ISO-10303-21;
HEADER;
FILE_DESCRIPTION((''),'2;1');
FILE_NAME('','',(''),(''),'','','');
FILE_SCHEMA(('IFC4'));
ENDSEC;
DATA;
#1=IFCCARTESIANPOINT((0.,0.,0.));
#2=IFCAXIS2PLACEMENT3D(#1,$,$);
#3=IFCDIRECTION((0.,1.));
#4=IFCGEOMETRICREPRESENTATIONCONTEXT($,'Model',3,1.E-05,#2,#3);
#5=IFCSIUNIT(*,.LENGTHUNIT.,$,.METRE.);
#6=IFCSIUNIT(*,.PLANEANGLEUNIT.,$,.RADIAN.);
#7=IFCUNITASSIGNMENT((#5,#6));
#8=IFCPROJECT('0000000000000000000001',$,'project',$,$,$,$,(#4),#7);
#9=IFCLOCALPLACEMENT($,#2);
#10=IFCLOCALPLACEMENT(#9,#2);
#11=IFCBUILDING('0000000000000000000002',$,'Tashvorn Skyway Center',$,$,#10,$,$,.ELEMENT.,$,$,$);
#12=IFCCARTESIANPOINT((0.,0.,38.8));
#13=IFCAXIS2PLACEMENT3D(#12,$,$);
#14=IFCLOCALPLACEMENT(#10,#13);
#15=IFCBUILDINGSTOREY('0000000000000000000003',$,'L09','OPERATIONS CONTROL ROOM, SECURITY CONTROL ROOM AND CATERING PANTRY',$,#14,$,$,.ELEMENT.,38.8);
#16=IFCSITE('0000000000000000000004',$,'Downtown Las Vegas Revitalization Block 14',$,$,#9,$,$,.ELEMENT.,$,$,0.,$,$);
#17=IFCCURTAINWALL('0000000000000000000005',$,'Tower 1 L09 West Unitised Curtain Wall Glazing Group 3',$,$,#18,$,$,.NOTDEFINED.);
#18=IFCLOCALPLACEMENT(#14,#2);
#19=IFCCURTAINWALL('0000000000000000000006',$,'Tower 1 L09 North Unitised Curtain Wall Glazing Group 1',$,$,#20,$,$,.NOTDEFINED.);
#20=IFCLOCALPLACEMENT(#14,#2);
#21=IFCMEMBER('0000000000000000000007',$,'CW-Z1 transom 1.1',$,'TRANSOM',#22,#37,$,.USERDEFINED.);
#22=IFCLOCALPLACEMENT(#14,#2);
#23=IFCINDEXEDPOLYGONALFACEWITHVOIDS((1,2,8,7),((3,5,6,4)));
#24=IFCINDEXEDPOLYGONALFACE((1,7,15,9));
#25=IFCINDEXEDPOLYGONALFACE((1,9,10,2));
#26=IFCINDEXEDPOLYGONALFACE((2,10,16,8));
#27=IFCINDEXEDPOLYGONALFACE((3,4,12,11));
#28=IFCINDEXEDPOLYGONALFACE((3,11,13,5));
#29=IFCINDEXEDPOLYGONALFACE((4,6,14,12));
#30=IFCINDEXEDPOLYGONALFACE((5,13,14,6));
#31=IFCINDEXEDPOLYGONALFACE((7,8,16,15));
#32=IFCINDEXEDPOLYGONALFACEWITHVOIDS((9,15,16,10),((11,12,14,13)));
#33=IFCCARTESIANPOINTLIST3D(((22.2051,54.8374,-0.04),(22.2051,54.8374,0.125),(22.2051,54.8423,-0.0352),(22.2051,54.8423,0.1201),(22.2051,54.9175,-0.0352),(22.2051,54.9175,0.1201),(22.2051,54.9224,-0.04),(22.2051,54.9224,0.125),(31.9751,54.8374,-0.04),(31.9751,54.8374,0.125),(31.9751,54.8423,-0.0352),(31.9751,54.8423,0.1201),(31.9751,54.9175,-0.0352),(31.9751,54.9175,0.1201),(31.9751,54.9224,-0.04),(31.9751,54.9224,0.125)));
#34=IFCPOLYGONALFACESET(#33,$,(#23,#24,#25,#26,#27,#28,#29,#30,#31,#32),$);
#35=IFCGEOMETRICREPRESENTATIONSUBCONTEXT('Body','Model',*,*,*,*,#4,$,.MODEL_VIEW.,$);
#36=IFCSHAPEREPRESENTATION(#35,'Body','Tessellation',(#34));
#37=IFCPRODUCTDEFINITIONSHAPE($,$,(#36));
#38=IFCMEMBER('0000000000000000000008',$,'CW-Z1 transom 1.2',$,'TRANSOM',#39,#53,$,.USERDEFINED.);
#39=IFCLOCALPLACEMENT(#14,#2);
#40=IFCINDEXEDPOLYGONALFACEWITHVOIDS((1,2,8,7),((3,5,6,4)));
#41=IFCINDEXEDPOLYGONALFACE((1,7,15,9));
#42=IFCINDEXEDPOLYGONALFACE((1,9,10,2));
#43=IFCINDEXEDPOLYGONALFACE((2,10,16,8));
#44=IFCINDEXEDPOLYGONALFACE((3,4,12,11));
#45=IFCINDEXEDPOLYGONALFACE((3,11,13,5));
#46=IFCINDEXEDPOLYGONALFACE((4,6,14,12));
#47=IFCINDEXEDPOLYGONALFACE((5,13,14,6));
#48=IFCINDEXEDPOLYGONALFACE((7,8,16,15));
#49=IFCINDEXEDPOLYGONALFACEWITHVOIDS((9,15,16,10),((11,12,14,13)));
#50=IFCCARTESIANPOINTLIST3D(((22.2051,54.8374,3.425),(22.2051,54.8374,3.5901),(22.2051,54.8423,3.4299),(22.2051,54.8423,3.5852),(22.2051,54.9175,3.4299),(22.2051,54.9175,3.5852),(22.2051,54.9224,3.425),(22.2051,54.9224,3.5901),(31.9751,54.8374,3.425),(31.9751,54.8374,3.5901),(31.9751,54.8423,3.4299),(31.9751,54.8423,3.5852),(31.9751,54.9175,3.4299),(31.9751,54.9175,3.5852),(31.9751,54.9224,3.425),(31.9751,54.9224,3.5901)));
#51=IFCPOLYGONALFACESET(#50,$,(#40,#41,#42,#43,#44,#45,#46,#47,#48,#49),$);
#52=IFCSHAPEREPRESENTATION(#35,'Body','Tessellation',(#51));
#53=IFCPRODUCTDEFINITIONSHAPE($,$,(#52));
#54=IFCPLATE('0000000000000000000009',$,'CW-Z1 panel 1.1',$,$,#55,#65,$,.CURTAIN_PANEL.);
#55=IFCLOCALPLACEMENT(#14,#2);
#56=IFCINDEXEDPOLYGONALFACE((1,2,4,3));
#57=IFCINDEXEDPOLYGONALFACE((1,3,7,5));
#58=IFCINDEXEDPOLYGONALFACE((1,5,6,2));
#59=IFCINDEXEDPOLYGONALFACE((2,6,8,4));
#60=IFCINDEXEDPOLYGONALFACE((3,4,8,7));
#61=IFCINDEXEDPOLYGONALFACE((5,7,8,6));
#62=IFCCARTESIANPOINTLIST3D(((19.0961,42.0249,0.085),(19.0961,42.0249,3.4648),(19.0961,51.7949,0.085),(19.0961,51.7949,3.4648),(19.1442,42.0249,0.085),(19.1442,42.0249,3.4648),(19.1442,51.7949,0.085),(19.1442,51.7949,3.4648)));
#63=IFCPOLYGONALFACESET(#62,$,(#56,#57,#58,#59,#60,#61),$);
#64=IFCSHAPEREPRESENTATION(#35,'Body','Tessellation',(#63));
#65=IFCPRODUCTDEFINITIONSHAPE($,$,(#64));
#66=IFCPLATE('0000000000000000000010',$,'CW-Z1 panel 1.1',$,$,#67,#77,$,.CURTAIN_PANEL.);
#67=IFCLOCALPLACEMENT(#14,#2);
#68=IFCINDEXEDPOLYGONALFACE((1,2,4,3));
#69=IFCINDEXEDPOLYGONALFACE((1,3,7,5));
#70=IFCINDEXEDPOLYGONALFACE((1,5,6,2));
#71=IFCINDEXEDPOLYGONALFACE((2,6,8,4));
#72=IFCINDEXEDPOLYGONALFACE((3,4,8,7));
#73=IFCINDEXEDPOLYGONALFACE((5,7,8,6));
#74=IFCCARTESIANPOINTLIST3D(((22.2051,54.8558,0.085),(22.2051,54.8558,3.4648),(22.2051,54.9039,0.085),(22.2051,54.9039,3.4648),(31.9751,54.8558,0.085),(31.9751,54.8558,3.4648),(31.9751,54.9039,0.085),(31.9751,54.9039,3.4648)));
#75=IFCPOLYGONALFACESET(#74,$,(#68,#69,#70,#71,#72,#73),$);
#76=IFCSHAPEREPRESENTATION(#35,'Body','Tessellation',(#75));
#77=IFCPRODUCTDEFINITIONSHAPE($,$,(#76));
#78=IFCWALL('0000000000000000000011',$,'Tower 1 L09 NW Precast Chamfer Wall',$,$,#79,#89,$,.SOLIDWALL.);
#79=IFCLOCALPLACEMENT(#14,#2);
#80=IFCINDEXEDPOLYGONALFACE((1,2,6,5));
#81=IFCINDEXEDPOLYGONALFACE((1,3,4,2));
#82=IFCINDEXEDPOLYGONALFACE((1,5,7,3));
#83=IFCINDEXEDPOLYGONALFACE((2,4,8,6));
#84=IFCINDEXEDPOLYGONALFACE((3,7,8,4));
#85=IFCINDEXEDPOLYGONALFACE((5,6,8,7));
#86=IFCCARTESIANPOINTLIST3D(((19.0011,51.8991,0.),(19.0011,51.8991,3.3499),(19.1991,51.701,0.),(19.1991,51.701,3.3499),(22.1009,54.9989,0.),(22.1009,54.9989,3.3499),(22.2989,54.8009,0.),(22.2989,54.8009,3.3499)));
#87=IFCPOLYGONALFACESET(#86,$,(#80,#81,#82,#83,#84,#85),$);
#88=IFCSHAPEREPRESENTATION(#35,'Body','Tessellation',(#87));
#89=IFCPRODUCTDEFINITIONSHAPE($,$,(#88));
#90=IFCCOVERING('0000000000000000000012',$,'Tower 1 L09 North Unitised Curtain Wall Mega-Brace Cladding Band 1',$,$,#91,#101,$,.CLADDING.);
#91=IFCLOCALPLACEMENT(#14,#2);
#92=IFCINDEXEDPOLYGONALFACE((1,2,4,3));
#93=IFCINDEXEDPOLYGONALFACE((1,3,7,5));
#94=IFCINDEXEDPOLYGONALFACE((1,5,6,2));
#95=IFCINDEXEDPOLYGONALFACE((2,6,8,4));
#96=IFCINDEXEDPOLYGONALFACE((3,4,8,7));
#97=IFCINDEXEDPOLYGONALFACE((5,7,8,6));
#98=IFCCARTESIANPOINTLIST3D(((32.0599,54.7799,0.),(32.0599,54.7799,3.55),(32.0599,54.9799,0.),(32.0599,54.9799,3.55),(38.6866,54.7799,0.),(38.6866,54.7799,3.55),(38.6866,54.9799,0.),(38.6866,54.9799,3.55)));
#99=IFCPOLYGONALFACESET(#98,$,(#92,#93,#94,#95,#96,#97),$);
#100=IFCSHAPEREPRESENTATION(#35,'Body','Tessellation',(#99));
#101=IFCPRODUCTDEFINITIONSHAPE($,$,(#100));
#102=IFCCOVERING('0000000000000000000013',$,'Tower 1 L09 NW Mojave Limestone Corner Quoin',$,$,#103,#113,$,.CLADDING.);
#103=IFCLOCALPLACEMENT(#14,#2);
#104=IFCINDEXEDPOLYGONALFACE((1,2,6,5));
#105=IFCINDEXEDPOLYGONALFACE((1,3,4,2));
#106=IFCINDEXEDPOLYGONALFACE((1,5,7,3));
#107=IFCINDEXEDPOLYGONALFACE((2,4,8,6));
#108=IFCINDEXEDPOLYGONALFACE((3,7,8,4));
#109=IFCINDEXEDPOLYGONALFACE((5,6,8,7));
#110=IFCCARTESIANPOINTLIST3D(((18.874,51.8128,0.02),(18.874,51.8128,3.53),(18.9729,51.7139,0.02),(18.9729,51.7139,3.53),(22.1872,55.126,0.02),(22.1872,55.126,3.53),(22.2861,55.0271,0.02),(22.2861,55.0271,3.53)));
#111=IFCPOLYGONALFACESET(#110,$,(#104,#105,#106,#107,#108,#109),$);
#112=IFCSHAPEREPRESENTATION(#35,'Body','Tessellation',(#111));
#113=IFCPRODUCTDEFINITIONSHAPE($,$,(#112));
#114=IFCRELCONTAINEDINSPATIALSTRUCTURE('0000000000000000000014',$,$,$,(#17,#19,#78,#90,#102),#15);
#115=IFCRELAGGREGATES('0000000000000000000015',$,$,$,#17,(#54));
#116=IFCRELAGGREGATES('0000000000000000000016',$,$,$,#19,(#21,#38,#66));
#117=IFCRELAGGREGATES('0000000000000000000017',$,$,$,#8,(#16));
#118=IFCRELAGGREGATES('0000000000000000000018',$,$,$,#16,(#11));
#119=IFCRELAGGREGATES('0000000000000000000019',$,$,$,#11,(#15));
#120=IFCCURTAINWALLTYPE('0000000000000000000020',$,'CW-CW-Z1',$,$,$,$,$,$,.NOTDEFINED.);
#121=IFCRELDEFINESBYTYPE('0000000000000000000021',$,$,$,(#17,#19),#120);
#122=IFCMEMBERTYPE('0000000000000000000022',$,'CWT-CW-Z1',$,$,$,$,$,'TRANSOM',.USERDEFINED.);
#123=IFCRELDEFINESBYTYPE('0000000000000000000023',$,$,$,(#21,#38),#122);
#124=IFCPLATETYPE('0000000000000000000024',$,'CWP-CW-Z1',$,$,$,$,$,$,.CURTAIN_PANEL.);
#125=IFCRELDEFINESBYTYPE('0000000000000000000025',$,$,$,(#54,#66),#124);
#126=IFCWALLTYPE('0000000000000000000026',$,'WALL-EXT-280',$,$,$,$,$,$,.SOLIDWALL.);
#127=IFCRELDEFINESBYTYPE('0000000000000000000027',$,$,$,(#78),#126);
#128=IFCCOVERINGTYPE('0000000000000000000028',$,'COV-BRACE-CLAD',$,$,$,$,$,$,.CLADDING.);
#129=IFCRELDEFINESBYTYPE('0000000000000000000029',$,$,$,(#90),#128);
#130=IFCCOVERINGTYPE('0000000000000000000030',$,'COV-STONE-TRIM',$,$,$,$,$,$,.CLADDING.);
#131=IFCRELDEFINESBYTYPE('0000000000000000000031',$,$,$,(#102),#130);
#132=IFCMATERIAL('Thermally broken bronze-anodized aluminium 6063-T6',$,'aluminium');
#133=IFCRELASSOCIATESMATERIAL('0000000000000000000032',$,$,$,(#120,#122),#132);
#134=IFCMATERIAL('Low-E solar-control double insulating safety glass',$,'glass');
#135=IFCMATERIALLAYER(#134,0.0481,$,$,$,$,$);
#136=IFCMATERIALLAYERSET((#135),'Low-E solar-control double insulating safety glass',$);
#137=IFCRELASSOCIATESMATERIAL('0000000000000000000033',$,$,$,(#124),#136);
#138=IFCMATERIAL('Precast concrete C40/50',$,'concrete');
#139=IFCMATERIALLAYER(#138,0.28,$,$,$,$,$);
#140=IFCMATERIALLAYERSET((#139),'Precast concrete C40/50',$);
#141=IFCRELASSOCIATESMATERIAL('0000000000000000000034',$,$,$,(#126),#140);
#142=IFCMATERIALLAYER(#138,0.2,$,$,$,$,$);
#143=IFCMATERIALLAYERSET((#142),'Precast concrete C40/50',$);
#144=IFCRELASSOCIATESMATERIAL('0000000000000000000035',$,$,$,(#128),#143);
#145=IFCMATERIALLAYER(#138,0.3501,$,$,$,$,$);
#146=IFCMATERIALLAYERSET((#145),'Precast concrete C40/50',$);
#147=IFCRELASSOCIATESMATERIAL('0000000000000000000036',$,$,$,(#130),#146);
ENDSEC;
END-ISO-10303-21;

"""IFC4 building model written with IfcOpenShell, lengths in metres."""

from ifc_helpers import new_model, si_unit, direction, frame, frame_2d, origin, origin_2d, place, context, subcontext, project, spatial, rectangle, hollow_rectangle, extrude, material, layer, layer_set, material_profile, profile_set, type_object, element, aggregate, save


model = new_model("IFC4")

# Units and contexts
model_context = context("Model", 3, precision=1e-05, world=origin(), true_north=direction((0.0, 1.0)))
body_context = subcontext(model_context, "Body", "Model", "MODEL_VIEW")
ifc_project = project(units=[si_unit("LENGTHUNIT", "METRE"), si_unit("PLANEANGLEUNIT", "RADIAN")], contexts=[model_context])

# Site, building, storey
site_placement = place(None, origin())
site = spatial("IfcSite", under=ifc_project, at=site_placement, Name="Downtown Las Vegas Revitalization Block 14", CompositionType="ELEMENT", RefElevation=0.0)
building_placement = place(site_placement, origin())
building = spatial("IfcBuilding", under=site, at=building_placement, Name="Tashvorn Skyway Center", CompositionType="ELEMENT")
storey_placement = place(building_placement, frame((0.0, 0.0, 38.8)))
storey = spatial("IfcBuildingStorey", under=building, at=storey_placement, Name="L09", Description="OPERATIONS CONTROL ROOM, SECURITY CONTROL ROOM AND CATERING PANTRY", CompositionType="ELEMENT", Elevation=38.8)

# Curtain wall
ifc_material_1 = material(Name="Thermally broken bronze-anodized aluminium 6063-T6", Category="aluminium")
curtain_wall_type = type_object("IfcCurtainWallType", Name="CW-CW-Z1", PredefinedType="NOTDEFINED", material=ifc_material_1)
curtain_wall_1_placement = place(storey_placement, origin())
curtain_wall_1 = element("IfcCurtainWall", 1, at=curtain_wall_1_placement, inside=storey, type_object=curtain_wall_type, Name="Tower 1 L09 West Unitised Curtain Wall Glazing Group 3", PredefinedType="NOTDEFINED")

# Curtain wall, members
curtain_wall_2_placement = place(storey_placement, origin())
curtain_wall_2 = element("IfcCurtainWall", 2, at=curtain_wall_2_placement, inside=storey, type_object=curtain_wall_type, Name="Tower 1 L09 North Unitised Curtain Wall Glazing Group 1", PredefinedType="NOTDEFINED")
ifc_material_profile_1 = material_profile(ifc_material_1, hollow_rectangle(XDim=0.085, YDim=0.165, WallThickness=0.0049, at=origin_2d()), Name="ALU-TRAN-85x165")
ifc_profile_set_1 = profile_set([ifc_material_profile_1], Name="Thermally broken bronze-anodized aluminium 6063-T6")
member_type_1 = type_object("IfcMemberType", Name="CWT-CW-Z1", ElementType="TRANSOM", PredefinedType="USERDEFINED", material=ifc_profile_set_1)
member_1_placement = place(storey_placement, frame((22.2051, 54.8799, 0.0425), z_axis=(1.0, 0.0, 0.0), x_axis=(0.0, 1.0, 0.0)))
member_1 = element("IfcMember", 3, at=member_1_placement, type_object=member_type_1, Name="CW-Z1 transom 1.1", ObjectType="TRANSOM", PredefinedType="USERDEFINED", context=body_context, shape_type="SweptSolid", body=[
    extrude(hollow_rectangle(XDim=0.085, YDim=0.165, WallThickness=0.0049, at=origin_2d()), origin(), (0.0, 0.0, 1.0), 9.77),
])
member_2_placement = place(storey_placement, frame((22.2051, 54.8799, 3.5076), z_axis=(1.0, 0.0, 0.0), x_axis=(0.0, 1.0, 0.0)))
member_2 = element("IfcMember", 4, at=member_2_placement, type_object=member_type_1, Name="CW-Z1 transom 1.2", ObjectType="TRANSOM", PredefinedType="USERDEFINED", context=body_context, shape_type="SweptSolid", body=[
    extrude(hollow_rectangle(XDim=0.085, YDim=0.165, WallThickness=0.0049, at=origin_2d()), origin(), (0.0, 0.0, 1.0), 9.77),
])

# Plates
ifc_material_2 = material(Name="Low-E solar-control double insulating safety glass", Category="glass")
ifc_layer_1 = layer(ifc_material_2, 0.0481)
ifc_layer_set_1 = layer_set([ifc_layer_1], Name="Low-E solar-control double insulating safety glass")
plate_type = type_object("IfcPlateType", Name="CWP-CW-Z1", PredefinedType="CURTAIN_PANEL", material=ifc_layer_set_1)
plate_1_placement = place(storey_placement, frame((19.1201, 46.9099, 0.085), z_axis=(0.0, 0.0, 1.0), x_axis=(0.0, 1.0, 0.0)))
plate_1 = element("IfcPlate", 5, at=plate_1_placement, type_object=plate_type, Name="CW-Z1 panel 1.1", PredefinedType="CURTAIN_PANEL", context=body_context, shape_type="SweptSolid", body=[
    extrude(rectangle(XDim=9.77, YDim=0.0481, at=origin_2d()), origin(), (0.0, 0.0, 1.0), 3.3799),
])
aggregate(curtain_wall_1, [plate_1])
plate_2_placement = place(storey_placement, frame((27.0901, 54.8799, 0.085), z_axis=(0.0, 0.0, 1.0), x_axis=(1.0, 0.0, 0.0)))
plate_2 = element("IfcPlate", 6, at=plate_2_placement, type_object=plate_type, Name="CW-Z1 panel 1.1", PredefinedType="CURTAIN_PANEL", context=body_context, shape_type="SweptSolid", body=[
    extrude(rectangle(XDim=9.77, YDim=0.0481, at=origin_2d()), origin(), (0.0, 0.0, 1.0), 3.3799),
])
aggregate(curtain_wall_2, [member_1, member_2, plate_2])

# Wall
ifc_material_3 = material(Name="Precast concrete C40/50", Category="concrete")
ifc_layer_2 = layer(ifc_material_3, 0.28)
ifc_layer_set_2 = layer_set([ifc_layer_2], Name="Precast concrete C40/50")
wall_type = type_object("IfcWallType", Name="WALL-EXT-280", PredefinedType="SOLIDWALL", material=ifc_layer_set_2)
wall_placement = place(storey_placement, frame((19.1001, 51.8, 0.0), z_axis=(0.0, 0.0, 1.0), x_axis=(0.707107, 0.707107, 0.0)))
element("IfcWall", 7, at=wall_placement, inside=storey, type_object=wall_type, Name="Tower 1 L09 NW Precast Chamfer Wall", PredefinedType="SOLIDWALL", context=body_context, shape_type="SweptSolid", body=[
    extrude(rectangle(XDim=4.3838, YDim=0.28, at=frame_2d((2.1919, 0.0))), origin(), (0.0, 0.0, 1.0), 3.3499),
])

# Coverings
ifc_layer_3 = layer(ifc_material_3, 0.2)
ifc_layer_set_3 = layer_set([ifc_layer_3], Name="Precast concrete C40/50")
covering_type_1 = type_object("IfcCoveringType", Name="COV-BRACE-CLAD", PredefinedType="CLADDING", material=ifc_layer_set_3)
covering_1_placement = place(storey_placement, frame((35.3733, 54.8799, 0.0), z_axis=(0.0, 0.0, 1.0), x_axis=(1.0, 0.0, 0.0)))
element("IfcCovering", 8, at=covering_1_placement, inside=storey, type_object=covering_type_1, Name="Tower 1 L09 North Unitised Curtain Wall Mega-Brace Cladding Band 1", PredefinedType="CLADDING", context=body_context, shape_type="SweptSolid", body=[
    extrude(rectangle(XDim=6.6267, YDim=0.2, at=origin_2d()), origin(), (0.0, 0.0, 1.0), 3.55),
])
ifc_layer_4 = layer(ifc_material_3, 0.3501)
ifc_layer_set_4 = layer_set([ifc_layer_4], Name="Precast concrete C40/50")
covering_type_2 = type_object("IfcCoveringType", Name="COV-STONE-TRIM", PredefinedType="CLADDING", material=ifc_layer_set_4)
covering_2_placement = place(storey_placement, frame((20.5801, 53.4199, 0.02), z_axis=(0.0, 0.0, 1.0), x_axis=(-0.707107, -0.707107, 0.0)))
element("IfcCovering", 9, at=covering_2_placement, inside=storey, type_object=covering_type_2, Name="Tower 1 L09 NW Mojave Limestone Corner Quoin", PredefinedType="CLADDING", context=body_context, shape_type="SweptSolid", body=[
    extrude(rectangle(XDim=4.6855, YDim=0.1399, at=origin_2d()), origin(), (0.0, 0.0, 1.0), 3.51),
])

save(model, "model.ifc")
